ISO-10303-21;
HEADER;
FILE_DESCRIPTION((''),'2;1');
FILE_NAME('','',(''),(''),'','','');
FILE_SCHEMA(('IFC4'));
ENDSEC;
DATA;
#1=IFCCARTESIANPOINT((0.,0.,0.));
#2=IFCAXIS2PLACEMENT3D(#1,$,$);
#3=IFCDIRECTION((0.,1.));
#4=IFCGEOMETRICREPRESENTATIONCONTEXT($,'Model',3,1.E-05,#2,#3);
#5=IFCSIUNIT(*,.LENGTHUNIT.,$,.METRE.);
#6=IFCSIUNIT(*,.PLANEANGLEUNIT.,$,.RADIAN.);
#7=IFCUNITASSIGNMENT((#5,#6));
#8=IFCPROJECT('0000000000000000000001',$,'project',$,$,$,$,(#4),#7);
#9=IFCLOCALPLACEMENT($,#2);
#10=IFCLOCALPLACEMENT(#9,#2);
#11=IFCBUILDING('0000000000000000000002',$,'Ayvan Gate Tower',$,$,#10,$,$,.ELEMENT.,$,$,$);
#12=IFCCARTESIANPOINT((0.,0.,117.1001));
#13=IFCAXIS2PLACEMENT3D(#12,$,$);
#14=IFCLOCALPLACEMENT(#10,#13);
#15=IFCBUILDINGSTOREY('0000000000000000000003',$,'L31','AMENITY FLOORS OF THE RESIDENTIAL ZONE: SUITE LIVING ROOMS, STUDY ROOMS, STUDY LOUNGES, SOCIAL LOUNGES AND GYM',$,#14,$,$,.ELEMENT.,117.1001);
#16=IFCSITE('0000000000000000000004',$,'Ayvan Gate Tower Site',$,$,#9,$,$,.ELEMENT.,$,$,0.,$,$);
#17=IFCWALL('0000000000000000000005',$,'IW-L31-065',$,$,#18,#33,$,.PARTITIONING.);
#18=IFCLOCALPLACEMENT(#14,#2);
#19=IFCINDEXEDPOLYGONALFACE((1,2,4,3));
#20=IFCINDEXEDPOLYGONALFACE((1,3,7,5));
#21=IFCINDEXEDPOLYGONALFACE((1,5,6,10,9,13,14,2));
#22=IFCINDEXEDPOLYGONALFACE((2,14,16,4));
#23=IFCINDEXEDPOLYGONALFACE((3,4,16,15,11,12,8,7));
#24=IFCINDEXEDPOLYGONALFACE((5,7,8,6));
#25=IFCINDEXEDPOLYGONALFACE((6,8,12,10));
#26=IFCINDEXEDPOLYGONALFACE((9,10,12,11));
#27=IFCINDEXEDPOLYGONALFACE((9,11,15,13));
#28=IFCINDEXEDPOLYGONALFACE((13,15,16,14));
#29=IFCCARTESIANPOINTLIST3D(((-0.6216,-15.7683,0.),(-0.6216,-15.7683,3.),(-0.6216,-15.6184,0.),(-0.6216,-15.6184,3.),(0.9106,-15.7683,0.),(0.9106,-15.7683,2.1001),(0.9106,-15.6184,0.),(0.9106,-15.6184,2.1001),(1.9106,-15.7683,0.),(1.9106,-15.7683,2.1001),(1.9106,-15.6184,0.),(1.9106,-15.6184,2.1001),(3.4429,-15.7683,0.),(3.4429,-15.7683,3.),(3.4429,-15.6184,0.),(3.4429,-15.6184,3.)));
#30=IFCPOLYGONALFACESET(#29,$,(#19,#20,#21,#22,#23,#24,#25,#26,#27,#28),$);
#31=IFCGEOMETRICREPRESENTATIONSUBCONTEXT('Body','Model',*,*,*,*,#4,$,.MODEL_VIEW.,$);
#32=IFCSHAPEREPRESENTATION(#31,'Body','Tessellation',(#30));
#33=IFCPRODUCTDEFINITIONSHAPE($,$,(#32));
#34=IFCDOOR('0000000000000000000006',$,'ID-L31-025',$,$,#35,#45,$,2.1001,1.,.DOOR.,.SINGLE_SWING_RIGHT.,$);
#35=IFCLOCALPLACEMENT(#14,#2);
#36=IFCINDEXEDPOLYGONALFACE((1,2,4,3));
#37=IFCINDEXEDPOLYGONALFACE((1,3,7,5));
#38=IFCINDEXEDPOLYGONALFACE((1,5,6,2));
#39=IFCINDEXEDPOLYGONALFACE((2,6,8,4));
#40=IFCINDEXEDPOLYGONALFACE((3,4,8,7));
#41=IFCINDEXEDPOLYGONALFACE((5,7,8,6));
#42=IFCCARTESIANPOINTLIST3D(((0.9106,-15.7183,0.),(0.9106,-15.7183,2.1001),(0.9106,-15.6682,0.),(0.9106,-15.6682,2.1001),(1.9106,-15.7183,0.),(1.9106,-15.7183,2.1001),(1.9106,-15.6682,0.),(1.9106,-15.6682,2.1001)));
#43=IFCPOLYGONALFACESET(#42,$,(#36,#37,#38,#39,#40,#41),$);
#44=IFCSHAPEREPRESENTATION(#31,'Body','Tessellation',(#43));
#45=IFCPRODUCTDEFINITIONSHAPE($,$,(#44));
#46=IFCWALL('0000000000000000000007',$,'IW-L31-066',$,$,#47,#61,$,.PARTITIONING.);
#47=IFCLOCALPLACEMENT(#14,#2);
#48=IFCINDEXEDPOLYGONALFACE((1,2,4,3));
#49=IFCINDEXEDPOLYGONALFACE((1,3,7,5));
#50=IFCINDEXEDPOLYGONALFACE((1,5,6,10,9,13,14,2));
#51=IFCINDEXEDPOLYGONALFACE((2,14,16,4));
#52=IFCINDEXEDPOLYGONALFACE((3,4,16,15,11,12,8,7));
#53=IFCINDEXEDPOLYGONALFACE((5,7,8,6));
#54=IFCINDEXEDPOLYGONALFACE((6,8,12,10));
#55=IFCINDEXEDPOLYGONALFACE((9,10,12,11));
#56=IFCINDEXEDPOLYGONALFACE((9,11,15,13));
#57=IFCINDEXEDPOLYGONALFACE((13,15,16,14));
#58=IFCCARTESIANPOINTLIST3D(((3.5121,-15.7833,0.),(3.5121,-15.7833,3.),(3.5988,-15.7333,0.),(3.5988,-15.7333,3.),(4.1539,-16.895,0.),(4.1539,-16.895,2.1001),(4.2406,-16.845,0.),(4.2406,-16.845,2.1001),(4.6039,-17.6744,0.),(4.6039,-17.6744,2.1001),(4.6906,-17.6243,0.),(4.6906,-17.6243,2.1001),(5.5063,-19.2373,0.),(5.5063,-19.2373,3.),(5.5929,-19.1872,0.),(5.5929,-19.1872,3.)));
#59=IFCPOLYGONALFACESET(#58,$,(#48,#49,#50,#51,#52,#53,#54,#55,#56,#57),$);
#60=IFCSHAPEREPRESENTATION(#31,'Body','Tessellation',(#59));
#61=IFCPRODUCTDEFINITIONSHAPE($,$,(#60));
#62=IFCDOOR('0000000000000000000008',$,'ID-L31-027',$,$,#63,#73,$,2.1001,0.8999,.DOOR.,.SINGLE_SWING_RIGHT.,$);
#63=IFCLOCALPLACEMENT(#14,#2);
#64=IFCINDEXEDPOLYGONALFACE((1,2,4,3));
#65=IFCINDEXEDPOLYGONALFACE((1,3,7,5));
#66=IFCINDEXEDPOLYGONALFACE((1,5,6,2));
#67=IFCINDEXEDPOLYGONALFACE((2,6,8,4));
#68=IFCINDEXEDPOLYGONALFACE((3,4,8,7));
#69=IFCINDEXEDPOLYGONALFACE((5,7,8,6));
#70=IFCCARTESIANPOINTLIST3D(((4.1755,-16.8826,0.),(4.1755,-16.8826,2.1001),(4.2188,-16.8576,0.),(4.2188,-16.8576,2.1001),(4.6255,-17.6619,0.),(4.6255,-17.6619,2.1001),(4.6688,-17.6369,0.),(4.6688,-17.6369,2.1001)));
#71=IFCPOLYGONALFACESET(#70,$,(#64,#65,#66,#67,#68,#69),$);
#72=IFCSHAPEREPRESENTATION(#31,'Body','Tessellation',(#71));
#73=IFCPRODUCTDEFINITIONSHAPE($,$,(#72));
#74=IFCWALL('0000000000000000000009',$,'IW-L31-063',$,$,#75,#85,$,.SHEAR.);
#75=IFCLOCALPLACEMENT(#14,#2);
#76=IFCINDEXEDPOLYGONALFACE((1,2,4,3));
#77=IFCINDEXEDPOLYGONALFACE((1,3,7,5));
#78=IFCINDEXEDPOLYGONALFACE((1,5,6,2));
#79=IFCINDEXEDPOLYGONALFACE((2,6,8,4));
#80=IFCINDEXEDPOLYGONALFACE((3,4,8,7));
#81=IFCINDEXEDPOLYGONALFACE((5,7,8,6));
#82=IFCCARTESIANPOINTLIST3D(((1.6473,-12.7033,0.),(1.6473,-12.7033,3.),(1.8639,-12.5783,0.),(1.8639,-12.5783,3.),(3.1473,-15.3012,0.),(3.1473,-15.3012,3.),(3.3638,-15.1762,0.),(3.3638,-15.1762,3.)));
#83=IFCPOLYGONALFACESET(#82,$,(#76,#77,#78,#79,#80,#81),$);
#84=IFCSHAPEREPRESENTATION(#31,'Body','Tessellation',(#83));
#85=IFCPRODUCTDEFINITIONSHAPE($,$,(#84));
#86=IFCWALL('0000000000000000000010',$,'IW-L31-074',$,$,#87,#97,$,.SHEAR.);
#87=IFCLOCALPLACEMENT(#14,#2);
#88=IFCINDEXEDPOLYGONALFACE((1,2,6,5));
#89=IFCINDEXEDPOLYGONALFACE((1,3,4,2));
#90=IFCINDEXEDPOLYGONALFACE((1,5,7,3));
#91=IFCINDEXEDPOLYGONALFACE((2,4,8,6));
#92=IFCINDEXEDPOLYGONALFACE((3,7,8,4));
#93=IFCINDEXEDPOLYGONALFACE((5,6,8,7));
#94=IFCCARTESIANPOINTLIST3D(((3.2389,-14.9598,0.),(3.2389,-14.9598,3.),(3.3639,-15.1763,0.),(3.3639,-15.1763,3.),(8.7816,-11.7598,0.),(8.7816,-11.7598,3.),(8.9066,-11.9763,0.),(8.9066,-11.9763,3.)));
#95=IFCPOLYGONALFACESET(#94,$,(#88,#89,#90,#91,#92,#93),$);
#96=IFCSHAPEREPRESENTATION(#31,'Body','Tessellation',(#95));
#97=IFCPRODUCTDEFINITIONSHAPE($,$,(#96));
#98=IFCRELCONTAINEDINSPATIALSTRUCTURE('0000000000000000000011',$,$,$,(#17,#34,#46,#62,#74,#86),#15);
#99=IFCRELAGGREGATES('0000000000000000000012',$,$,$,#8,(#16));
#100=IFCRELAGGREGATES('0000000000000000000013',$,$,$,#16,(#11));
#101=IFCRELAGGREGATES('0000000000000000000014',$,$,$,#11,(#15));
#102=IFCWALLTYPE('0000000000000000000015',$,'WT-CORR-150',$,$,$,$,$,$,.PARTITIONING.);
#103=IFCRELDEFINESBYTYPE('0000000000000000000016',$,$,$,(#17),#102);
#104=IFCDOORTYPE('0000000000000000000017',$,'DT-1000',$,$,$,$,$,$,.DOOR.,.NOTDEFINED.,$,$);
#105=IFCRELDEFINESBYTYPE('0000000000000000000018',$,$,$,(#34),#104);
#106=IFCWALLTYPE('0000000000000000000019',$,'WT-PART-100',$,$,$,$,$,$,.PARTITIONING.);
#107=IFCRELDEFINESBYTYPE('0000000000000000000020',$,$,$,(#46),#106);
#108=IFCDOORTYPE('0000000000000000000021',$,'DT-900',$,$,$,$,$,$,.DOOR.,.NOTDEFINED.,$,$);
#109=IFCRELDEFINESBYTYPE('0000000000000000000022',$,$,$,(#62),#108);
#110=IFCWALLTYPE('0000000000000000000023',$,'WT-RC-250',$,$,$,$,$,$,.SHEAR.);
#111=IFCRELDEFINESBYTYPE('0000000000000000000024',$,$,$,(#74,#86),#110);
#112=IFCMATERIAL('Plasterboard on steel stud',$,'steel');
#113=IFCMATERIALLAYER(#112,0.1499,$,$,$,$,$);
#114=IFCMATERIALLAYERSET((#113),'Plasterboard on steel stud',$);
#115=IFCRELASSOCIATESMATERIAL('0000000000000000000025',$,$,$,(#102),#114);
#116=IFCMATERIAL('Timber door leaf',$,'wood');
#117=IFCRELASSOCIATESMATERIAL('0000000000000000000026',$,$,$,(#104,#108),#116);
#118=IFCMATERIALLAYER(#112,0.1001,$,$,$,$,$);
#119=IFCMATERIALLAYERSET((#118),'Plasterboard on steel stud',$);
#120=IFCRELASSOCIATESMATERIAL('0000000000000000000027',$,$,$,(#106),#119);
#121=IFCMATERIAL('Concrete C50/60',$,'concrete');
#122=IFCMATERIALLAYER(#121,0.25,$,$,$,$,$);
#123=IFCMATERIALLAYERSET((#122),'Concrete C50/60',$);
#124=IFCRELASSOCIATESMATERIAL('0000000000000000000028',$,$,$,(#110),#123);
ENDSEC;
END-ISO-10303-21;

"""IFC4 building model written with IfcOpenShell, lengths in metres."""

from ifc_helpers import new_model, si_unit, direction, frame, frame_2d, origin, place, context, subcontext, project, spatial, rectangle, extrude, material, layer, layer_set, type_object, element, fill, save


model = new_model("IFC4")

# Units and contexts
model_context = context("Model", 3, precision=1e-05, world=origin(), true_north=direction((0.0, 1.0)))
body_context = subcontext(model_context, "Body", "Model", "MODEL_VIEW")
ifc_project = project(units=[si_unit("LENGTHUNIT", "METRE"), si_unit("PLANEANGLEUNIT", "RADIAN")], contexts=[model_context])

# Site, building, storey
site_placement = place(None, origin())
site = spatial("IfcSite", under=ifc_project, at=site_placement, Name="Ayvan Gate Tower Site", CompositionType="ELEMENT", RefElevation=0.0)
building_placement = place(site_placement, origin())
building = spatial("IfcBuilding", under=site, at=building_placement, Name="Ayvan Gate Tower", CompositionType="ELEMENT")
storey_placement = place(building_placement, frame((0.0, 0.0, 117.1001)))
storey = spatial("IfcBuildingStorey", under=building, at=storey_placement, Name="L31", Description="AMENITY FLOORS OF THE RESIDENTIAL ZONE: SUITE LIVING ROOMS, STUDY ROOMS, STUDY LOUNGES, SOCIAL LOUNGES AND GYM", CompositionType="ELEMENT", Elevation=117.1001)

# Shared definitions
ifc_material_1 = material(Name="Plasterboard on steel stud", Category="steel")
ifc_layer_1 = layer(ifc_material_1, 0.1499)
ifc_layer_set_1 = layer_set([ifc_layer_1], Name="Plasterboard on steel stud")
wall_type_1 = type_object("IfcWallType", Name="WT-CORR-150", PredefinedType="PARTITIONING", material=ifc_layer_set_1)

# Walls, openings, doors
wall_1_placement = place(storey_placement, frame((3.4429, -15.6934, 0.0), z_axis=(0.0, 0.0, 1.0), x_axis=(-1.0, 0.0, 0.0)))
wall_1 = element("IfcWall", 1, at=wall_1_placement, inside=storey, type_object=wall_type_1, Name="IW-L31-065", PredefinedType="PARTITIONING", context=body_context, shape_type="SweptSolid", body=[
    extrude(rectangle(XDim=4.0645, YDim=0.1499, at=frame_2d((2.0322, 0.0))), origin(), (0.0, 0.0, 1.0), 3.0),
])
opening_1_placement = place(wall_1_placement, frame((1.5322, 0.0, 0.0)))
opening_1 = element("IfcOpeningElement", 2, at=opening_1_placement, cuts=wall_1, PredefinedType="OPENING", context=body_context, shape_type="SweptSolid", body=[
    extrude(rectangle(XDim=1.0, YDim=2.1001, at=frame_2d((0.5, 1.05))), frame((0.0, 0.085, 0.0), z_axis=(0.0, -1.0, 0.0), x_axis=(1.0, 0.0, 0.0)), (0.0, 0.0, 1.0), 0.1699),
])
ifc_material_2 = material(Name="Timber door leaf", Category="wood")
door_type_1 = type_object("IfcDoorType", Name="DT-1000", OperationType="NOTDEFINED", PredefinedType="DOOR", material=ifc_material_2)
door_1_placement = place(opening_1_placement, origin())
door_1 = element("IfcDoor", 3, at=door_1_placement, inside=storey, type_object=door_type_1, Name="ID-L31-025", OperationType="SINGLE_SWING_RIGHT", OverallHeight=2.1001, OverallWidth=1.0, PredefinedType="DOOR", context=body_context, shape_type="SweptSolid", body=[
    extrude(rectangle(XDim=1.0, YDim=2.1001, at=frame_2d((0.5, 1.05))), frame((0.0, 0.0249, 0.0), z_axis=(0.0, -1.0, 0.0), x_axis=(1.0, 0.0, 0.0)), (0.0, 0.0, 1.0), 0.05),
])
fill(opening_1, door_1)
ifc_layer_2 = layer(ifc_material_1, 0.1001)
ifc_layer_set_2 = layer_set([ifc_layer_2], Name="Plasterboard on steel stud")
wall_type_2 = type_object("IfcWallType", Name="WT-PART-100", PredefinedType="PARTITIONING", material=ifc_layer_set_2)
wall_2_placement = place(storey_placement, frame((3.5554, -15.7583, 0.0), z_axis=(0.0, 0.0, 1.0), x_axis=(0.50001, -0.866019, 0.0)))
wall_2 = element("IfcWall", 4, at=wall_2_placement, inside=storey, type_object=wall_type_2, Name="IW-L31-066", PredefinedType="PARTITIONING", context=body_context, shape_type="SweptSolid", body=[
    extrude(rectangle(XDim=3.9883, YDim=0.1001, at=frame_2d((1.9941, 0.0))), origin(), (0.0, 0.0, 1.0), 3.0),
])
opening_2_placement = place(wall_2_placement, frame((1.2837, 0.0, 0.0)))
opening_2 = element("IfcOpeningElement", 5, at=opening_2_placement, cuts=wall_2, PredefinedType="OPENING", context=body_context, shape_type="SweptSolid", body=[
    extrude(rectangle(XDim=0.8999, YDim=2.1001, at=frame_2d((0.45, 1.05))), frame((0.0, 0.0601, 0.0), z_axis=(0.0, -1.0, 0.0), x_axis=(1.0, 0.0, 0.0)), (0.0, 0.0, 1.0), 0.1201),
])
door_type_2 = type_object("IfcDoorType", Name="DT-900", OperationType="NOTDEFINED", PredefinedType="DOOR", material=ifc_material_2)
door_2_placement = place(opening_2_placement, origin())
door_2 = element("IfcDoor", 6, at=door_2_placement, inside=storey, type_object=door_type_2, Name="ID-L31-027", OperationType="SINGLE_SWING_RIGHT", OverallHeight=2.1001, OverallWidth=0.8999, PredefinedType="DOOR", context=body_context, shape_type="SweptSolid", body=[
    extrude(rectangle(XDim=0.8999, YDim=2.1001, at=frame_2d((0.45, 1.05))), frame((0.0, 0.0249, 0.0), z_axis=(0.0, -1.0, 0.0), x_axis=(1.0, 0.0, 0.0)), (0.0, 0.0, 1.0), 0.05),
])
fill(opening_2, door_2)

# Walls
ifc_material_3 = material(Name="Concrete C50/60", Category="concrete")
ifc_layer_3 = layer(ifc_material_3, 0.25)
ifc_layer_set_3 = layer_set([ifc_layer_3], Name="Concrete C50/60")
wall_type_3 = type_object("IfcWallType", Name="WT-RC-250", PredefinedType="SHEAR", material=ifc_layer_set_3)
wall_3_placement = place(storey_placement, frame((3.2556, -15.2388, 0.0), z_axis=(0.0, 0.0, 1.0), x_axis=(-0.500025, 0.866011, 0.0)))
element("IfcWall", 7, at=wall_3_placement, inside=storey, type_object=wall_type_3, Name="IW-L31-063", PredefinedType="SHEAR", context=body_context, shape_type="SweptSolid", body=[
    extrude(rectangle(XDim=2.9998, YDim=0.25, at=frame_2d((1.5, 0.0))), origin(), (0.0, 0.0, 1.0), 3.0),
])
wall_4_placement = place(storey_placement, frame((3.3013, -15.0681, 0.0), z_axis=(0.0, 0.0, 1.0), x_axis=(0.866035, 0.499983, 0.0)))
element("IfcWall", 8, at=wall_4_placement, inside=storey, type_object=wall_type_3, Name="IW-L31-074", PredefinedType="SHEAR", context=body_context, shape_type="SweptSolid", body=[
    extrude(rectangle(XDim=6.4001, YDim=0.25, at=frame_2d((3.2002, 0.0))), origin(), (0.0, 0.0, 1.0), 3.0),
])

save(model, "model.ifc")
